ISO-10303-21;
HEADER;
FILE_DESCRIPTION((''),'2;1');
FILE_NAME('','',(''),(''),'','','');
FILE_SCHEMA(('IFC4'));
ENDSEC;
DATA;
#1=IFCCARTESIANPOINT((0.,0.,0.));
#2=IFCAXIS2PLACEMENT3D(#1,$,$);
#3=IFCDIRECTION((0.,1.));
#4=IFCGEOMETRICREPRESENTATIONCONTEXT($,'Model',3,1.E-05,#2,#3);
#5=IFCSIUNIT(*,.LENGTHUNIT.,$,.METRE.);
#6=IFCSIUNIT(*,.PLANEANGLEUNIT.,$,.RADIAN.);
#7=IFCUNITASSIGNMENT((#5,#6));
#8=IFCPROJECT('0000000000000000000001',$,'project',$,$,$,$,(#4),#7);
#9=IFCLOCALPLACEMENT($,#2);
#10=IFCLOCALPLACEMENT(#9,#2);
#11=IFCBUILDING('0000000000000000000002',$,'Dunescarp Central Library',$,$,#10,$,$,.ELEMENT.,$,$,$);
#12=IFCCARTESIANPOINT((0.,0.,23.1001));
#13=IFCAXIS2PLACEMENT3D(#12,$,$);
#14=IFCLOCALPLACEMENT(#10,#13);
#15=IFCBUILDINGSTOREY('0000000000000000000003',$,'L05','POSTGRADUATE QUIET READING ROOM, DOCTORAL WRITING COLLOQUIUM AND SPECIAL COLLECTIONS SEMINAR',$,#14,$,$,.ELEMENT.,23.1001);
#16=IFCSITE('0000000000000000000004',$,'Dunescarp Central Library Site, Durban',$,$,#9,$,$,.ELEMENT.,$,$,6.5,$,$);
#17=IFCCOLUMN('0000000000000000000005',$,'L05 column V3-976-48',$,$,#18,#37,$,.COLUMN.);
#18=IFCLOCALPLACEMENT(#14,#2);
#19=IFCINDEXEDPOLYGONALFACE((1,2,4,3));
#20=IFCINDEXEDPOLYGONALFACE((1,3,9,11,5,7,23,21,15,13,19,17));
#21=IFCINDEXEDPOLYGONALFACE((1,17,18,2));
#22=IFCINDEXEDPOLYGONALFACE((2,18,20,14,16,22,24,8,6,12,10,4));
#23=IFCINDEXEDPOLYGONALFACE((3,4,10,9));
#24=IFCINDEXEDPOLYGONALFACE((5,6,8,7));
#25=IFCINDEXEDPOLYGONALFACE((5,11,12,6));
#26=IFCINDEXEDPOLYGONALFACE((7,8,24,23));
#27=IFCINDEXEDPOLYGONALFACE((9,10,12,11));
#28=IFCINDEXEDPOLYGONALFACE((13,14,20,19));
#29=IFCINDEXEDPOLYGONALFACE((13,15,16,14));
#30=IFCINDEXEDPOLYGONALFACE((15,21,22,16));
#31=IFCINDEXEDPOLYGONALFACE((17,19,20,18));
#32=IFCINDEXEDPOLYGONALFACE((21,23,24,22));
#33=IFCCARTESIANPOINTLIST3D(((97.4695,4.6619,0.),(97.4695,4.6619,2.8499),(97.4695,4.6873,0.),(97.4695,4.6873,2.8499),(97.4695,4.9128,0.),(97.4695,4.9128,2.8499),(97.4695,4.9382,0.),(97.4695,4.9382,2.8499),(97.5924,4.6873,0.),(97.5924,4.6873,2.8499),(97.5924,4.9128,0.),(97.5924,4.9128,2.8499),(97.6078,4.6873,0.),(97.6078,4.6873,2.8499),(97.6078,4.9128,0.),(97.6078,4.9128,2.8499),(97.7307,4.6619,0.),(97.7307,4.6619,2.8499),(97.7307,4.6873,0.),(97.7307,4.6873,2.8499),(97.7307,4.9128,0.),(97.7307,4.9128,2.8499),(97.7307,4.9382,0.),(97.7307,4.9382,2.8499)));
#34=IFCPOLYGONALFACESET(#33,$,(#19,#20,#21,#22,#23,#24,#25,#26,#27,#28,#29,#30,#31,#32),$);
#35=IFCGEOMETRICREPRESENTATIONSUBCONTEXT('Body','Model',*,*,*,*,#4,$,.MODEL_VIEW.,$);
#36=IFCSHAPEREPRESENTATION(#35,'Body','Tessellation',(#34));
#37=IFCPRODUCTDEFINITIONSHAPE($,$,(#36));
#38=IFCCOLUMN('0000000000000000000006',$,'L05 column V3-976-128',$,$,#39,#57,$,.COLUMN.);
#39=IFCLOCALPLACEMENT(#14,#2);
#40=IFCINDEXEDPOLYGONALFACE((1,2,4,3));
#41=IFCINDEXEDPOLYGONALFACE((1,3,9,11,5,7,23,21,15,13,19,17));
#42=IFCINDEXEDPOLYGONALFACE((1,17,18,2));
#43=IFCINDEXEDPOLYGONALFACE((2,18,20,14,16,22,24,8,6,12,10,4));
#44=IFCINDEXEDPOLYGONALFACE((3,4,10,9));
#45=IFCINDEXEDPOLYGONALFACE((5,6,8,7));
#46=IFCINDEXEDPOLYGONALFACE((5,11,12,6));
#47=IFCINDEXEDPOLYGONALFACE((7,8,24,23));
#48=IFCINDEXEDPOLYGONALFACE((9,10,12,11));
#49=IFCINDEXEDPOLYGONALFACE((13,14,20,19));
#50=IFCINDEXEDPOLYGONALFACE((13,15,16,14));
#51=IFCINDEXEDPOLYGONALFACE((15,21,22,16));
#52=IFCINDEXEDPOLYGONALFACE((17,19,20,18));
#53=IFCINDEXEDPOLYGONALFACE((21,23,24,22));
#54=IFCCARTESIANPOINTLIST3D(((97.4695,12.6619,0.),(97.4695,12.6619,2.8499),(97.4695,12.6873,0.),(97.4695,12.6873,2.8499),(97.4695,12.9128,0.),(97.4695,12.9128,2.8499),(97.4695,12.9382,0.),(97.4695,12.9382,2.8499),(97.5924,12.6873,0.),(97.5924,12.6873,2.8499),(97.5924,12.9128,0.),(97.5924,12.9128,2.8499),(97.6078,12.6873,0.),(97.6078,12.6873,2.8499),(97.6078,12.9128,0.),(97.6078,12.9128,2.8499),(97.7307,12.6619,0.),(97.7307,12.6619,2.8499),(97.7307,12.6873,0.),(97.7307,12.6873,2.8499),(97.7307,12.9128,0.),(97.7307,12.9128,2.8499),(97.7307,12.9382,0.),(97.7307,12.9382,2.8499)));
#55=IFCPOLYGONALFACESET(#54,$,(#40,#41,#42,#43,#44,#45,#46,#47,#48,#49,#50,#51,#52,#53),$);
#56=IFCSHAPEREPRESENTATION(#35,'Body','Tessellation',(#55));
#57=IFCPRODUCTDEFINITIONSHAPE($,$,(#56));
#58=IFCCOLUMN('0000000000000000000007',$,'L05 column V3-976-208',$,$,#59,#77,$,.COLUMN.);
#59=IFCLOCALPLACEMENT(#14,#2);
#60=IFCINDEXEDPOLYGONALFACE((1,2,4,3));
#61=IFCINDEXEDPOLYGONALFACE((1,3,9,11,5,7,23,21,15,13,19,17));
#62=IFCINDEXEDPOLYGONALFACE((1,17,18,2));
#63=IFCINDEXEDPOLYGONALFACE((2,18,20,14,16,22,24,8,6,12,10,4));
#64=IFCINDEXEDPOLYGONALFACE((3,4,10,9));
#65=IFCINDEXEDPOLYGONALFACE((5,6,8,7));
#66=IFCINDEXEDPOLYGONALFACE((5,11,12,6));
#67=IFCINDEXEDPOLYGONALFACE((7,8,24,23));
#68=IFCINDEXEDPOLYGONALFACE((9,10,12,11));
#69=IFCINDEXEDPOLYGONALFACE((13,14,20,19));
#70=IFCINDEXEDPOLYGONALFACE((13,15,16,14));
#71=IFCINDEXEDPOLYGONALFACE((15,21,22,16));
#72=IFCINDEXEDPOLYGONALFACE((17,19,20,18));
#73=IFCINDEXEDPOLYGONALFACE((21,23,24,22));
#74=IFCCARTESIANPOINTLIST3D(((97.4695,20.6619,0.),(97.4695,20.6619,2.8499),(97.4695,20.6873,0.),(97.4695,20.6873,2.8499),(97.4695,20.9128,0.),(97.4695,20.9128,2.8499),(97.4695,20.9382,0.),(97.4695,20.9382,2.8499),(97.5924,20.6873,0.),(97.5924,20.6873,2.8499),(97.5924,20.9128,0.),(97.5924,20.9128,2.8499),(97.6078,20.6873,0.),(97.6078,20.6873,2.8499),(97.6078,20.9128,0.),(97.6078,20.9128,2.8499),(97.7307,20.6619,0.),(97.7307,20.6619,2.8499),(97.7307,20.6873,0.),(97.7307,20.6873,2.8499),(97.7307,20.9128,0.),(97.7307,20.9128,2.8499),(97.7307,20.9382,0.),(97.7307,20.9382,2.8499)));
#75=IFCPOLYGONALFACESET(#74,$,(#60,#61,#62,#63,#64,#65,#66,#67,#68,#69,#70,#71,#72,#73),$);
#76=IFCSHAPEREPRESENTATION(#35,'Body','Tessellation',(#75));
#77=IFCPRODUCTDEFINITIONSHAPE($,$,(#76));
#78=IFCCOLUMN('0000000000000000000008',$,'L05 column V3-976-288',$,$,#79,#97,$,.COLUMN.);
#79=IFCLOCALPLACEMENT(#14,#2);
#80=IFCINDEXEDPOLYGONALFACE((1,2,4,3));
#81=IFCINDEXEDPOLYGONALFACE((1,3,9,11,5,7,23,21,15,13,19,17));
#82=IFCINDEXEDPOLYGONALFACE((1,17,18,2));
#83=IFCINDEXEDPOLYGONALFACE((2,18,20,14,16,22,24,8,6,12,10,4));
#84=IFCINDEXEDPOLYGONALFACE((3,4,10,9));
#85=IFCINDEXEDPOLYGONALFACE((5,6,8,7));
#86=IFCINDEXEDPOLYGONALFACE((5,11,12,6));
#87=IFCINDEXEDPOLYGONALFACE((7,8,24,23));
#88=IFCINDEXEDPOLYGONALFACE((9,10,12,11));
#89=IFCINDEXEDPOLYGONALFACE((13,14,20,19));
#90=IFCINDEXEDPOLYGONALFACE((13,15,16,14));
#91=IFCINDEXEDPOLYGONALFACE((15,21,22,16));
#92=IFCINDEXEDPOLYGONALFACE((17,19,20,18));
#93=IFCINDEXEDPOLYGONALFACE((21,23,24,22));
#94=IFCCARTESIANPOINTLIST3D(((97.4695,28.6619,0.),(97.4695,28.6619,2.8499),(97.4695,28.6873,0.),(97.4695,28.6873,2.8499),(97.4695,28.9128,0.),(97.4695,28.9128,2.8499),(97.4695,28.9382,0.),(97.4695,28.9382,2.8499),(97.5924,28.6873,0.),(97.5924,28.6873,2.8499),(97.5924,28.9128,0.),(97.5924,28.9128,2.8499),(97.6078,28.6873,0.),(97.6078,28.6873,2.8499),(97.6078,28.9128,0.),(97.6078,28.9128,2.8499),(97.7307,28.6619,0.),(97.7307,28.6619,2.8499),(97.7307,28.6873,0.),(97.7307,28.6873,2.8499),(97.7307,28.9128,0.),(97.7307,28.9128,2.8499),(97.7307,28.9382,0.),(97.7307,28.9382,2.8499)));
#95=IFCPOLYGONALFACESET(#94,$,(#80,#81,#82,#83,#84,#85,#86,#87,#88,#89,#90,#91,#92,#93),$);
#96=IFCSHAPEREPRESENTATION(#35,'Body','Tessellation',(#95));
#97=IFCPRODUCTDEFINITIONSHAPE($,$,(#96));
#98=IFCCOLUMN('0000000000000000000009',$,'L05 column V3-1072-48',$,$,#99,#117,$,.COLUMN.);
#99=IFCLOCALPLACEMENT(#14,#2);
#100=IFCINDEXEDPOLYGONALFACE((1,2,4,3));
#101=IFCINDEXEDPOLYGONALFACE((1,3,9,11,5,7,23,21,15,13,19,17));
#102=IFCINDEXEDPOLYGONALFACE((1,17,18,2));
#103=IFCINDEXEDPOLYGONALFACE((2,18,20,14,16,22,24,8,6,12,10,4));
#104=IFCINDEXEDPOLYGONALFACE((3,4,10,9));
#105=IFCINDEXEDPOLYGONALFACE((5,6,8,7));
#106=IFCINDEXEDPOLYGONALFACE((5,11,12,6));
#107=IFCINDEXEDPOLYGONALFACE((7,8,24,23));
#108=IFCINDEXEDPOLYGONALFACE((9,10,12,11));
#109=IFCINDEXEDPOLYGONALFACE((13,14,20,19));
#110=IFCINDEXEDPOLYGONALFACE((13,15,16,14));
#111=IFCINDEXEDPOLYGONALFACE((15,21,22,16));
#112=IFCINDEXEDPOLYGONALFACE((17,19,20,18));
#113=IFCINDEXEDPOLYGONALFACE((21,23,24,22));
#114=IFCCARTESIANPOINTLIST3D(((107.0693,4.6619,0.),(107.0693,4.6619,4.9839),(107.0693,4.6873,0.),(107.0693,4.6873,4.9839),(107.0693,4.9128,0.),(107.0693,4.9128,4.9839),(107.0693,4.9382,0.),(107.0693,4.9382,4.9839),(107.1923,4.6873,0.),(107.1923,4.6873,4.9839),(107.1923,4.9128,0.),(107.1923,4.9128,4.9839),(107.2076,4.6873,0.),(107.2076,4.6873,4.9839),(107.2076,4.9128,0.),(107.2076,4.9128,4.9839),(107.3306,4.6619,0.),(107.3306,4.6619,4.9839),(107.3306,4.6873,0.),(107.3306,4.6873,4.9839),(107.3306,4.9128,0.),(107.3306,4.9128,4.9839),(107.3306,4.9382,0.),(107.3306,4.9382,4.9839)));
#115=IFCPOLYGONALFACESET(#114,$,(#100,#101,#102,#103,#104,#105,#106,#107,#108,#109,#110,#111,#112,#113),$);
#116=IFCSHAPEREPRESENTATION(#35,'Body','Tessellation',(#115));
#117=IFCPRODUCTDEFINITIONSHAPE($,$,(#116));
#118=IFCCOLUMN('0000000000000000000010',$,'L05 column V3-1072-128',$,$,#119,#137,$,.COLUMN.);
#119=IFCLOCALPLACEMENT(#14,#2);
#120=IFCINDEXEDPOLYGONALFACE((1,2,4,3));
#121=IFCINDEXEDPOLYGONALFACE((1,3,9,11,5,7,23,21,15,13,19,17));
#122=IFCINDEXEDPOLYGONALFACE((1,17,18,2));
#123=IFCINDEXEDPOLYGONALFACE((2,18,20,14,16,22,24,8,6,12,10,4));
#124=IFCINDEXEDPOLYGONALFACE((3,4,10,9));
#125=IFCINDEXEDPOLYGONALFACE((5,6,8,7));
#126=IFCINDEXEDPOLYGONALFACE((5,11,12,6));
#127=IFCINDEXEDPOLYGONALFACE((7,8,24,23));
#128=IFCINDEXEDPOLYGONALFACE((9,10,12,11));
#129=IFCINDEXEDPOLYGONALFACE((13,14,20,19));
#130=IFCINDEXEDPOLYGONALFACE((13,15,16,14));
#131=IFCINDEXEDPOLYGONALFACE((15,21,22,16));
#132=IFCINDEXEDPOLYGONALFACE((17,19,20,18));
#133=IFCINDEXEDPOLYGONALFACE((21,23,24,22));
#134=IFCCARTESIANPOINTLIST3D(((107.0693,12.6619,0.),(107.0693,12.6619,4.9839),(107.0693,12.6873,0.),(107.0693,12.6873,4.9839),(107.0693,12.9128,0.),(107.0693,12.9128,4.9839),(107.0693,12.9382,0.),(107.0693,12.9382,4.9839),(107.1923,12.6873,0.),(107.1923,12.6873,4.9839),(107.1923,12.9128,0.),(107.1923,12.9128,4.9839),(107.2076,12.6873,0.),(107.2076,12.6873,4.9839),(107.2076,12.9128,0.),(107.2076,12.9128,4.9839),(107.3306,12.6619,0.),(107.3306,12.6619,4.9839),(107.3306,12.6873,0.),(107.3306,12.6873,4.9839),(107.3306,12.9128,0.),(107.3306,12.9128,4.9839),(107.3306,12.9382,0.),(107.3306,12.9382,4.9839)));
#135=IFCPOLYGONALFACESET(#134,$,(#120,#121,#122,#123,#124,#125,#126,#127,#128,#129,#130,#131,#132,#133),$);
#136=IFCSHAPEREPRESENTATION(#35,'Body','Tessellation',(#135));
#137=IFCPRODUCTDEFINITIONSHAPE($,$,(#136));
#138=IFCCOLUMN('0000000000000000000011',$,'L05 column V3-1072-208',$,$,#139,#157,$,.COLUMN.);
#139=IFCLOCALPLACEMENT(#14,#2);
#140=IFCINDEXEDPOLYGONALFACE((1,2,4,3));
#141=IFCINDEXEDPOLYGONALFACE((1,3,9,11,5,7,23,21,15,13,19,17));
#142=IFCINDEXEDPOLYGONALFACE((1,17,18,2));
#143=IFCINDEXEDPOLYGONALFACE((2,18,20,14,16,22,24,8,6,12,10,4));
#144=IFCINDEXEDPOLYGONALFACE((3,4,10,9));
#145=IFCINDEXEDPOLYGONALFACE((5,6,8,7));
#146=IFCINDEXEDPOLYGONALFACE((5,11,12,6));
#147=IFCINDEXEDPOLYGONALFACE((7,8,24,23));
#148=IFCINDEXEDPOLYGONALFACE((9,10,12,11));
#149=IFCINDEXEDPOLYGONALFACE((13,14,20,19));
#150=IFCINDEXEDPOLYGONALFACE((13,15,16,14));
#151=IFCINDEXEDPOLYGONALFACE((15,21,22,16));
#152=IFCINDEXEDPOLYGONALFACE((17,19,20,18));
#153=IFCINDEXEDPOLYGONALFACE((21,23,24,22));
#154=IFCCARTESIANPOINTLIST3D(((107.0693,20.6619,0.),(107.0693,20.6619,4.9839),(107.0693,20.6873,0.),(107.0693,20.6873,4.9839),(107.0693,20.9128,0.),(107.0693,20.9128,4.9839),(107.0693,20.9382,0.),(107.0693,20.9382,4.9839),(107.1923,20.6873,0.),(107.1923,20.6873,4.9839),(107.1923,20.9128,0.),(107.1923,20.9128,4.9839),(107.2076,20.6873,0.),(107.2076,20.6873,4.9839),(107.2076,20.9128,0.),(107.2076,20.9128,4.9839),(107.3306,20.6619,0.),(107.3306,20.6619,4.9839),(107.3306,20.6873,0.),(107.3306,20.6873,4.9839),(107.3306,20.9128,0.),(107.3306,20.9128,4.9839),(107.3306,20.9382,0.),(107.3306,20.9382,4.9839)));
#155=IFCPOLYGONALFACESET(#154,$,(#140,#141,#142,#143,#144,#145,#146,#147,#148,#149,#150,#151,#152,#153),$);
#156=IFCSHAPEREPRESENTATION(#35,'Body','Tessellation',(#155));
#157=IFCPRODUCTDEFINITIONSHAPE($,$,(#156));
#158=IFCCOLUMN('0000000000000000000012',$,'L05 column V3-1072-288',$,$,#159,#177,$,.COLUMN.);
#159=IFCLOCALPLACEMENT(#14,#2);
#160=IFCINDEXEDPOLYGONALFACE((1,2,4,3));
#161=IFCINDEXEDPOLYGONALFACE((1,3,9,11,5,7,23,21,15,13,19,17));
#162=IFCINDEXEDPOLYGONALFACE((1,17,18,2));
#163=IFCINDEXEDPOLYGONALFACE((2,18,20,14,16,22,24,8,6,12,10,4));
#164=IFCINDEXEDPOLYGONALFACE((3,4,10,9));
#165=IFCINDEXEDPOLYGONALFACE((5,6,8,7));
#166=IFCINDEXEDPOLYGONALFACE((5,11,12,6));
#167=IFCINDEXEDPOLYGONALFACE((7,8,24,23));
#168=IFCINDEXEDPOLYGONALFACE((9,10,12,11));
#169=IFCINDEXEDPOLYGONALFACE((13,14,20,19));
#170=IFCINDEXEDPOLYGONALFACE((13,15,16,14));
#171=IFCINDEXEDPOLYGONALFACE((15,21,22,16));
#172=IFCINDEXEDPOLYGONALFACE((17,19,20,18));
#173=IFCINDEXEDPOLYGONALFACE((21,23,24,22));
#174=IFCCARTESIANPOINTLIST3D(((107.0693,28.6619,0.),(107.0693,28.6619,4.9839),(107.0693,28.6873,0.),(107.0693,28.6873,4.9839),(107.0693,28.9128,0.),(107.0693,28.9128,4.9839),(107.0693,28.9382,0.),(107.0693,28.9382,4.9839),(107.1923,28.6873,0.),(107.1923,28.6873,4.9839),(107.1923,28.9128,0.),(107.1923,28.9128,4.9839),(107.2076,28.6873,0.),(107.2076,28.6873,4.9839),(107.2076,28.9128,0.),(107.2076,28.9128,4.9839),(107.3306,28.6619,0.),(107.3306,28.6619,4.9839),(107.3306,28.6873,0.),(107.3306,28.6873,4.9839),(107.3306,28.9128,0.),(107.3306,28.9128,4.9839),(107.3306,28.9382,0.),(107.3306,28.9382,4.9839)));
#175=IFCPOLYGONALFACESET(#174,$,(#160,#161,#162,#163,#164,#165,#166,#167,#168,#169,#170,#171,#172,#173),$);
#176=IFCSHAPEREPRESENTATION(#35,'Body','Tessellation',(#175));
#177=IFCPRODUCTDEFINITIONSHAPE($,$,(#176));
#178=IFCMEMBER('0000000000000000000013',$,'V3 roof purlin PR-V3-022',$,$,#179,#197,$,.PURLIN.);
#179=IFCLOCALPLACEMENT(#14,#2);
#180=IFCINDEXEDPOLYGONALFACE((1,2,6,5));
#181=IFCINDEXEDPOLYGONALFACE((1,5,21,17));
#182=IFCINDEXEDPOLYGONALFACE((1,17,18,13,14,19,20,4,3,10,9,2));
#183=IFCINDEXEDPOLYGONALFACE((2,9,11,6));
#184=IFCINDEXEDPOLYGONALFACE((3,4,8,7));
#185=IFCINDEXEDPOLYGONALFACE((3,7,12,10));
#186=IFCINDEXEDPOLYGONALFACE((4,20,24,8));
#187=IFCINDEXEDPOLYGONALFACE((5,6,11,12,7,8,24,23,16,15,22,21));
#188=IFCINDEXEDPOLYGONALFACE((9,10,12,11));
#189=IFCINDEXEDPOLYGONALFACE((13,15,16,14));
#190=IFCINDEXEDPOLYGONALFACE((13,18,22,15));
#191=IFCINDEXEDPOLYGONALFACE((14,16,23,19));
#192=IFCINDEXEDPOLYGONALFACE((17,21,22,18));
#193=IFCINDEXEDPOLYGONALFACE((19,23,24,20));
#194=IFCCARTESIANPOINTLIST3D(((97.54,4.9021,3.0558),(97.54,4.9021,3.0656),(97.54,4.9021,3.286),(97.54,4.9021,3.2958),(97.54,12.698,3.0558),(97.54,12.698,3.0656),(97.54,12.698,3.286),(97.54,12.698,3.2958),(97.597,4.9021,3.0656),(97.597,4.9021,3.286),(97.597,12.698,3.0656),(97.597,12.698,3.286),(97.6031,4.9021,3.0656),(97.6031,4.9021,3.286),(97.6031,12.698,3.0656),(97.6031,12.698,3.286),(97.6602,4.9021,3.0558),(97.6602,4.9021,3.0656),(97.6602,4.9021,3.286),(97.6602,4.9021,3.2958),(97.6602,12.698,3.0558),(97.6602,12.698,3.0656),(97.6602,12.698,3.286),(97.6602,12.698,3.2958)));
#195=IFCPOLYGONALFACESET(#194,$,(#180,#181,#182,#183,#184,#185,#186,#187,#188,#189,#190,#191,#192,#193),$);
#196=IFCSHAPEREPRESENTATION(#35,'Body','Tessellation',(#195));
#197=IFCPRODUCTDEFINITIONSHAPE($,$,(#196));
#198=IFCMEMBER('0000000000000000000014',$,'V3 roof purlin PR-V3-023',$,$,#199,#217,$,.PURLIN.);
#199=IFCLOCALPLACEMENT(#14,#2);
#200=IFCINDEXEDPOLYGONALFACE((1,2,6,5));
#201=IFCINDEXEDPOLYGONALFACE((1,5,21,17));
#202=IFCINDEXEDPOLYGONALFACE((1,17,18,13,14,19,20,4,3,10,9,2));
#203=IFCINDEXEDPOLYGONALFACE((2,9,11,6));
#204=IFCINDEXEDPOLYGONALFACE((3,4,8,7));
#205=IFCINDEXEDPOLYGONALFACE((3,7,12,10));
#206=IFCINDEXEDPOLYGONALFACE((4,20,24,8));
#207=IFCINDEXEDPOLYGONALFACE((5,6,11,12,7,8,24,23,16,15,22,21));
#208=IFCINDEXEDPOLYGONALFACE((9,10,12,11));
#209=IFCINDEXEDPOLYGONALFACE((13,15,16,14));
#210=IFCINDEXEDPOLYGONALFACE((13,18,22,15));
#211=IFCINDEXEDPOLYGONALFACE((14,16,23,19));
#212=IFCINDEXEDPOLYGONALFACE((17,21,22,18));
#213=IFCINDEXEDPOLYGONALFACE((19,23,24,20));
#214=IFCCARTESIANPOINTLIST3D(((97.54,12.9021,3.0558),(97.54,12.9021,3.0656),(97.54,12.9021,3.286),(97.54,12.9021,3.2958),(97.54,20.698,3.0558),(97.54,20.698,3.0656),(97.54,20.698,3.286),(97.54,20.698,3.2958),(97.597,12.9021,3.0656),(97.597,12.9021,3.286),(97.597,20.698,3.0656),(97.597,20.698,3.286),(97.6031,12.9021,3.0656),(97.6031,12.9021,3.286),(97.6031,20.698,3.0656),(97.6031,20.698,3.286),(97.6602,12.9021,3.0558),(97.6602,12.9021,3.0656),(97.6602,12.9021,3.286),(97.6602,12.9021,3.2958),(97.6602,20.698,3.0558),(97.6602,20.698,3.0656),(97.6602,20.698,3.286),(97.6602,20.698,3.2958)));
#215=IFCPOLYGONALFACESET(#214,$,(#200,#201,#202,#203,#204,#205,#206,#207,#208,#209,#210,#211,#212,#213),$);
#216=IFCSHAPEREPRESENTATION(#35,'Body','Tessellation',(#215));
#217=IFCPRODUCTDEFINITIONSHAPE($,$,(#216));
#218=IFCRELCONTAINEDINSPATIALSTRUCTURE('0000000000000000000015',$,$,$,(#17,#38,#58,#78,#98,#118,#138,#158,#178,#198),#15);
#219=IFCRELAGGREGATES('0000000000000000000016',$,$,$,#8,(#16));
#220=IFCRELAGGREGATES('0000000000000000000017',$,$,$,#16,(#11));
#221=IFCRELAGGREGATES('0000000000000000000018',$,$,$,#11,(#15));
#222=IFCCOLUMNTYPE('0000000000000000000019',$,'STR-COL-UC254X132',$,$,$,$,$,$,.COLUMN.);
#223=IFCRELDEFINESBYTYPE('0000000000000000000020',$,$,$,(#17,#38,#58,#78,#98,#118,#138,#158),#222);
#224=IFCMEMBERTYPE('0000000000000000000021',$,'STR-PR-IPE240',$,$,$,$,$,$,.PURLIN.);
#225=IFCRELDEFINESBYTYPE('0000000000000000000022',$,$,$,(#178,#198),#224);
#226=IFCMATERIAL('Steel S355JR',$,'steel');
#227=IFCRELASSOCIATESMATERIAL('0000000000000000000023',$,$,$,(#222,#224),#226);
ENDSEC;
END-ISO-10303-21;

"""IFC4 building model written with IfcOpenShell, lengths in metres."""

from ifc_helpers import new_model, si_unit, direction, frame, origin, origin_2d, place, context, subcontext, project, spatial, i_section, extrude, material, material_profile, profile_set, type_object, element, save


model = new_model("IFC4")

# Units and contexts
model_context = context("Model", 3, precision=1e-05, world=origin(), true_north=direction((0.0, 1.0)))
body_context = subcontext(model_context, "Body", "Model", "MODEL_VIEW")
ifc_project = project(units=[si_unit("LENGTHUNIT", "METRE"), si_unit("PLANEANGLEUNIT", "RADIAN")], contexts=[model_context])

# Site, building, storey
site_placement = place(None, origin())
site = spatial("IfcSite", under=ifc_project, at=site_placement, Name="Dunescarp Central Library Site, Durban", CompositionType="ELEMENT", RefElevation=6.5)
building_placement = place(site_placement, origin())
building = spatial("IfcBuilding", under=site, at=building_placement, Name="Dunescarp Central Library", CompositionType="ELEMENT")
storey_placement = place(building_placement, frame((0.0, 0.0, 23.1001)))
storey = spatial("IfcBuildingStorey", under=building, at=storey_placement, Name="L05", Description="POSTGRADUATE QUIET READING ROOM, DOCTORAL WRITING COLLOQUIUM AND SPECIAL COLLECTIONS SEMINAR", CompositionType="ELEMENT", Elevation=23.1001)

# Columns
ifc_material = material(Name="Steel S355JR", Category="steel")
ifc_material_profile_1 = material_profile(ifc_material, i_section(OverallWidth=0.2612, OverallDepth=0.2764, WebThickness=0.0154, FlangeThickness=0.0254, at=origin_2d()), Name="UC 254x254x132")
ifc_profile_set_1 = profile_set([ifc_material_profile_1], Name="Steel S355JR")
column_type = type_object("IfcColumnType", Name="STR-COL-UC254X132", PredefinedType="COLUMN", material=ifc_profile_set_1)
for number, where, z_axis, x_axis, name in (
    (1, (97.6001, 4.8, 0.0), (0.0, 0.0, 1.0), (1.0, 0.0, 0.0), "L05 column V3-976-48"),
    (2, (97.6001, 12.8, 0.0), (0.0, 0.0, 1.0), (1.0, 0.0, 0.0), "L05 column V3-976-128"),
    (3, (97.6001, 20.8, 0.0), (0.0, 0.0, 1.0), (1.0, 0.0, 0.0), "L05 column V3-976-208"),
    (4, (97.6001, 28.8, 0.0), (0.0, 0.0, 1.0), (1.0, 0.0, 0.0), "L05 column V3-976-288"),
):
    element("IfcColumn", number, at=place(storey_placement, frame(where, z_axis=z_axis, x_axis=x_axis)), inside=storey, type_object=column_type, Name=name, PredefinedType="COLUMN", context=body_context, shape_type="SweptSolid", body=[
        extrude(i_section(OverallWidth=0.2612, OverallDepth=0.2764, WebThickness=0.0154, FlangeThickness=0.0254, at=origin_2d()), origin(), (0.0, 0.0, 1.0), 2.8499),
    ])
for number, where, z_axis, x_axis, name in (
    (5, (107.2, 4.8, 0.0), (0.0, 0.0, 1.0), (1.0, 0.0, 0.0), "L05 column V3-1072-48"),
    (6, (107.2, 12.8, 0.0), (0.0, 0.0, 1.0), (1.0, 0.0, 0.0), "L05 column V3-1072-128"),
    (7, (107.2, 20.8, 0.0), (0.0, 0.0, 1.0), (1.0, 0.0, 0.0), "L05 column V3-1072-208"),
    (8, (107.2, 28.8, 0.0), (0.0, 0.0, 1.0), (1.0, 0.0, 0.0), "L05 column V3-1072-288"),
):
    element("IfcColumn", number, at=place(storey_placement, frame(where, z_axis=z_axis, x_axis=x_axis)), inside=storey, type_object=column_type, Name=name, PredefinedType="COLUMN", context=body_context, shape_type="SweptSolid", body=[
        extrude(i_section(OverallWidth=0.2612, OverallDepth=0.2764, WebThickness=0.0154, FlangeThickness=0.0254, at=origin_2d()), origin(), (0.0, 0.0, 1.0), 4.9839),
    ])

# Members
ifc_material_profile_2 = material_profile(ifc_material, i_section(OverallWidth=0.1201, OverallDepth=0.24, WebThickness=0.0061, FlangeThickness=0.0098, at=origin_2d()), Name="IPE 240")
ifc_profile_set_2 = profile_set([ifc_material_profile_2], Name="Steel S355JR")
member_type_1 = type_object("IfcMemberType", Name="STR-PR-IPE240", PredefinedType="PURLIN", material=ifc_profile_set_2)
for number, where, z_axis, x_axis, name in (
    (9, (97.6001, 4.9021, 3.1758), (0.0, 1.0, 0.0), (-1.0, 0.0, 0.0), "V3 roof purlin PR-V3-022"),
    (10, (97.6001, 12.9021, 3.1758), (0.0, 1.0, 0.0), (-1.0, 0.0, 0.0), "V3 roof purlin PR-V3-023"),
):
    element("IfcMember", number, at=place(storey_placement, frame(where, z_axis=z_axis, x_axis=x_axis)), inside=storey, type_object=member_type_1, Name=name, PredefinedType="PURLIN", context=body_context, shape_type="SweptSolid", body=[
        extrude(i_section(OverallWidth=0.1201, OverallDepth=0.24, WebThickness=0.0061, FlangeThickness=0.0098, at=origin_2d()), origin(), (0.0, 0.0, 1.0), 7.7959),
    ])

save(model, "model.ifc")
